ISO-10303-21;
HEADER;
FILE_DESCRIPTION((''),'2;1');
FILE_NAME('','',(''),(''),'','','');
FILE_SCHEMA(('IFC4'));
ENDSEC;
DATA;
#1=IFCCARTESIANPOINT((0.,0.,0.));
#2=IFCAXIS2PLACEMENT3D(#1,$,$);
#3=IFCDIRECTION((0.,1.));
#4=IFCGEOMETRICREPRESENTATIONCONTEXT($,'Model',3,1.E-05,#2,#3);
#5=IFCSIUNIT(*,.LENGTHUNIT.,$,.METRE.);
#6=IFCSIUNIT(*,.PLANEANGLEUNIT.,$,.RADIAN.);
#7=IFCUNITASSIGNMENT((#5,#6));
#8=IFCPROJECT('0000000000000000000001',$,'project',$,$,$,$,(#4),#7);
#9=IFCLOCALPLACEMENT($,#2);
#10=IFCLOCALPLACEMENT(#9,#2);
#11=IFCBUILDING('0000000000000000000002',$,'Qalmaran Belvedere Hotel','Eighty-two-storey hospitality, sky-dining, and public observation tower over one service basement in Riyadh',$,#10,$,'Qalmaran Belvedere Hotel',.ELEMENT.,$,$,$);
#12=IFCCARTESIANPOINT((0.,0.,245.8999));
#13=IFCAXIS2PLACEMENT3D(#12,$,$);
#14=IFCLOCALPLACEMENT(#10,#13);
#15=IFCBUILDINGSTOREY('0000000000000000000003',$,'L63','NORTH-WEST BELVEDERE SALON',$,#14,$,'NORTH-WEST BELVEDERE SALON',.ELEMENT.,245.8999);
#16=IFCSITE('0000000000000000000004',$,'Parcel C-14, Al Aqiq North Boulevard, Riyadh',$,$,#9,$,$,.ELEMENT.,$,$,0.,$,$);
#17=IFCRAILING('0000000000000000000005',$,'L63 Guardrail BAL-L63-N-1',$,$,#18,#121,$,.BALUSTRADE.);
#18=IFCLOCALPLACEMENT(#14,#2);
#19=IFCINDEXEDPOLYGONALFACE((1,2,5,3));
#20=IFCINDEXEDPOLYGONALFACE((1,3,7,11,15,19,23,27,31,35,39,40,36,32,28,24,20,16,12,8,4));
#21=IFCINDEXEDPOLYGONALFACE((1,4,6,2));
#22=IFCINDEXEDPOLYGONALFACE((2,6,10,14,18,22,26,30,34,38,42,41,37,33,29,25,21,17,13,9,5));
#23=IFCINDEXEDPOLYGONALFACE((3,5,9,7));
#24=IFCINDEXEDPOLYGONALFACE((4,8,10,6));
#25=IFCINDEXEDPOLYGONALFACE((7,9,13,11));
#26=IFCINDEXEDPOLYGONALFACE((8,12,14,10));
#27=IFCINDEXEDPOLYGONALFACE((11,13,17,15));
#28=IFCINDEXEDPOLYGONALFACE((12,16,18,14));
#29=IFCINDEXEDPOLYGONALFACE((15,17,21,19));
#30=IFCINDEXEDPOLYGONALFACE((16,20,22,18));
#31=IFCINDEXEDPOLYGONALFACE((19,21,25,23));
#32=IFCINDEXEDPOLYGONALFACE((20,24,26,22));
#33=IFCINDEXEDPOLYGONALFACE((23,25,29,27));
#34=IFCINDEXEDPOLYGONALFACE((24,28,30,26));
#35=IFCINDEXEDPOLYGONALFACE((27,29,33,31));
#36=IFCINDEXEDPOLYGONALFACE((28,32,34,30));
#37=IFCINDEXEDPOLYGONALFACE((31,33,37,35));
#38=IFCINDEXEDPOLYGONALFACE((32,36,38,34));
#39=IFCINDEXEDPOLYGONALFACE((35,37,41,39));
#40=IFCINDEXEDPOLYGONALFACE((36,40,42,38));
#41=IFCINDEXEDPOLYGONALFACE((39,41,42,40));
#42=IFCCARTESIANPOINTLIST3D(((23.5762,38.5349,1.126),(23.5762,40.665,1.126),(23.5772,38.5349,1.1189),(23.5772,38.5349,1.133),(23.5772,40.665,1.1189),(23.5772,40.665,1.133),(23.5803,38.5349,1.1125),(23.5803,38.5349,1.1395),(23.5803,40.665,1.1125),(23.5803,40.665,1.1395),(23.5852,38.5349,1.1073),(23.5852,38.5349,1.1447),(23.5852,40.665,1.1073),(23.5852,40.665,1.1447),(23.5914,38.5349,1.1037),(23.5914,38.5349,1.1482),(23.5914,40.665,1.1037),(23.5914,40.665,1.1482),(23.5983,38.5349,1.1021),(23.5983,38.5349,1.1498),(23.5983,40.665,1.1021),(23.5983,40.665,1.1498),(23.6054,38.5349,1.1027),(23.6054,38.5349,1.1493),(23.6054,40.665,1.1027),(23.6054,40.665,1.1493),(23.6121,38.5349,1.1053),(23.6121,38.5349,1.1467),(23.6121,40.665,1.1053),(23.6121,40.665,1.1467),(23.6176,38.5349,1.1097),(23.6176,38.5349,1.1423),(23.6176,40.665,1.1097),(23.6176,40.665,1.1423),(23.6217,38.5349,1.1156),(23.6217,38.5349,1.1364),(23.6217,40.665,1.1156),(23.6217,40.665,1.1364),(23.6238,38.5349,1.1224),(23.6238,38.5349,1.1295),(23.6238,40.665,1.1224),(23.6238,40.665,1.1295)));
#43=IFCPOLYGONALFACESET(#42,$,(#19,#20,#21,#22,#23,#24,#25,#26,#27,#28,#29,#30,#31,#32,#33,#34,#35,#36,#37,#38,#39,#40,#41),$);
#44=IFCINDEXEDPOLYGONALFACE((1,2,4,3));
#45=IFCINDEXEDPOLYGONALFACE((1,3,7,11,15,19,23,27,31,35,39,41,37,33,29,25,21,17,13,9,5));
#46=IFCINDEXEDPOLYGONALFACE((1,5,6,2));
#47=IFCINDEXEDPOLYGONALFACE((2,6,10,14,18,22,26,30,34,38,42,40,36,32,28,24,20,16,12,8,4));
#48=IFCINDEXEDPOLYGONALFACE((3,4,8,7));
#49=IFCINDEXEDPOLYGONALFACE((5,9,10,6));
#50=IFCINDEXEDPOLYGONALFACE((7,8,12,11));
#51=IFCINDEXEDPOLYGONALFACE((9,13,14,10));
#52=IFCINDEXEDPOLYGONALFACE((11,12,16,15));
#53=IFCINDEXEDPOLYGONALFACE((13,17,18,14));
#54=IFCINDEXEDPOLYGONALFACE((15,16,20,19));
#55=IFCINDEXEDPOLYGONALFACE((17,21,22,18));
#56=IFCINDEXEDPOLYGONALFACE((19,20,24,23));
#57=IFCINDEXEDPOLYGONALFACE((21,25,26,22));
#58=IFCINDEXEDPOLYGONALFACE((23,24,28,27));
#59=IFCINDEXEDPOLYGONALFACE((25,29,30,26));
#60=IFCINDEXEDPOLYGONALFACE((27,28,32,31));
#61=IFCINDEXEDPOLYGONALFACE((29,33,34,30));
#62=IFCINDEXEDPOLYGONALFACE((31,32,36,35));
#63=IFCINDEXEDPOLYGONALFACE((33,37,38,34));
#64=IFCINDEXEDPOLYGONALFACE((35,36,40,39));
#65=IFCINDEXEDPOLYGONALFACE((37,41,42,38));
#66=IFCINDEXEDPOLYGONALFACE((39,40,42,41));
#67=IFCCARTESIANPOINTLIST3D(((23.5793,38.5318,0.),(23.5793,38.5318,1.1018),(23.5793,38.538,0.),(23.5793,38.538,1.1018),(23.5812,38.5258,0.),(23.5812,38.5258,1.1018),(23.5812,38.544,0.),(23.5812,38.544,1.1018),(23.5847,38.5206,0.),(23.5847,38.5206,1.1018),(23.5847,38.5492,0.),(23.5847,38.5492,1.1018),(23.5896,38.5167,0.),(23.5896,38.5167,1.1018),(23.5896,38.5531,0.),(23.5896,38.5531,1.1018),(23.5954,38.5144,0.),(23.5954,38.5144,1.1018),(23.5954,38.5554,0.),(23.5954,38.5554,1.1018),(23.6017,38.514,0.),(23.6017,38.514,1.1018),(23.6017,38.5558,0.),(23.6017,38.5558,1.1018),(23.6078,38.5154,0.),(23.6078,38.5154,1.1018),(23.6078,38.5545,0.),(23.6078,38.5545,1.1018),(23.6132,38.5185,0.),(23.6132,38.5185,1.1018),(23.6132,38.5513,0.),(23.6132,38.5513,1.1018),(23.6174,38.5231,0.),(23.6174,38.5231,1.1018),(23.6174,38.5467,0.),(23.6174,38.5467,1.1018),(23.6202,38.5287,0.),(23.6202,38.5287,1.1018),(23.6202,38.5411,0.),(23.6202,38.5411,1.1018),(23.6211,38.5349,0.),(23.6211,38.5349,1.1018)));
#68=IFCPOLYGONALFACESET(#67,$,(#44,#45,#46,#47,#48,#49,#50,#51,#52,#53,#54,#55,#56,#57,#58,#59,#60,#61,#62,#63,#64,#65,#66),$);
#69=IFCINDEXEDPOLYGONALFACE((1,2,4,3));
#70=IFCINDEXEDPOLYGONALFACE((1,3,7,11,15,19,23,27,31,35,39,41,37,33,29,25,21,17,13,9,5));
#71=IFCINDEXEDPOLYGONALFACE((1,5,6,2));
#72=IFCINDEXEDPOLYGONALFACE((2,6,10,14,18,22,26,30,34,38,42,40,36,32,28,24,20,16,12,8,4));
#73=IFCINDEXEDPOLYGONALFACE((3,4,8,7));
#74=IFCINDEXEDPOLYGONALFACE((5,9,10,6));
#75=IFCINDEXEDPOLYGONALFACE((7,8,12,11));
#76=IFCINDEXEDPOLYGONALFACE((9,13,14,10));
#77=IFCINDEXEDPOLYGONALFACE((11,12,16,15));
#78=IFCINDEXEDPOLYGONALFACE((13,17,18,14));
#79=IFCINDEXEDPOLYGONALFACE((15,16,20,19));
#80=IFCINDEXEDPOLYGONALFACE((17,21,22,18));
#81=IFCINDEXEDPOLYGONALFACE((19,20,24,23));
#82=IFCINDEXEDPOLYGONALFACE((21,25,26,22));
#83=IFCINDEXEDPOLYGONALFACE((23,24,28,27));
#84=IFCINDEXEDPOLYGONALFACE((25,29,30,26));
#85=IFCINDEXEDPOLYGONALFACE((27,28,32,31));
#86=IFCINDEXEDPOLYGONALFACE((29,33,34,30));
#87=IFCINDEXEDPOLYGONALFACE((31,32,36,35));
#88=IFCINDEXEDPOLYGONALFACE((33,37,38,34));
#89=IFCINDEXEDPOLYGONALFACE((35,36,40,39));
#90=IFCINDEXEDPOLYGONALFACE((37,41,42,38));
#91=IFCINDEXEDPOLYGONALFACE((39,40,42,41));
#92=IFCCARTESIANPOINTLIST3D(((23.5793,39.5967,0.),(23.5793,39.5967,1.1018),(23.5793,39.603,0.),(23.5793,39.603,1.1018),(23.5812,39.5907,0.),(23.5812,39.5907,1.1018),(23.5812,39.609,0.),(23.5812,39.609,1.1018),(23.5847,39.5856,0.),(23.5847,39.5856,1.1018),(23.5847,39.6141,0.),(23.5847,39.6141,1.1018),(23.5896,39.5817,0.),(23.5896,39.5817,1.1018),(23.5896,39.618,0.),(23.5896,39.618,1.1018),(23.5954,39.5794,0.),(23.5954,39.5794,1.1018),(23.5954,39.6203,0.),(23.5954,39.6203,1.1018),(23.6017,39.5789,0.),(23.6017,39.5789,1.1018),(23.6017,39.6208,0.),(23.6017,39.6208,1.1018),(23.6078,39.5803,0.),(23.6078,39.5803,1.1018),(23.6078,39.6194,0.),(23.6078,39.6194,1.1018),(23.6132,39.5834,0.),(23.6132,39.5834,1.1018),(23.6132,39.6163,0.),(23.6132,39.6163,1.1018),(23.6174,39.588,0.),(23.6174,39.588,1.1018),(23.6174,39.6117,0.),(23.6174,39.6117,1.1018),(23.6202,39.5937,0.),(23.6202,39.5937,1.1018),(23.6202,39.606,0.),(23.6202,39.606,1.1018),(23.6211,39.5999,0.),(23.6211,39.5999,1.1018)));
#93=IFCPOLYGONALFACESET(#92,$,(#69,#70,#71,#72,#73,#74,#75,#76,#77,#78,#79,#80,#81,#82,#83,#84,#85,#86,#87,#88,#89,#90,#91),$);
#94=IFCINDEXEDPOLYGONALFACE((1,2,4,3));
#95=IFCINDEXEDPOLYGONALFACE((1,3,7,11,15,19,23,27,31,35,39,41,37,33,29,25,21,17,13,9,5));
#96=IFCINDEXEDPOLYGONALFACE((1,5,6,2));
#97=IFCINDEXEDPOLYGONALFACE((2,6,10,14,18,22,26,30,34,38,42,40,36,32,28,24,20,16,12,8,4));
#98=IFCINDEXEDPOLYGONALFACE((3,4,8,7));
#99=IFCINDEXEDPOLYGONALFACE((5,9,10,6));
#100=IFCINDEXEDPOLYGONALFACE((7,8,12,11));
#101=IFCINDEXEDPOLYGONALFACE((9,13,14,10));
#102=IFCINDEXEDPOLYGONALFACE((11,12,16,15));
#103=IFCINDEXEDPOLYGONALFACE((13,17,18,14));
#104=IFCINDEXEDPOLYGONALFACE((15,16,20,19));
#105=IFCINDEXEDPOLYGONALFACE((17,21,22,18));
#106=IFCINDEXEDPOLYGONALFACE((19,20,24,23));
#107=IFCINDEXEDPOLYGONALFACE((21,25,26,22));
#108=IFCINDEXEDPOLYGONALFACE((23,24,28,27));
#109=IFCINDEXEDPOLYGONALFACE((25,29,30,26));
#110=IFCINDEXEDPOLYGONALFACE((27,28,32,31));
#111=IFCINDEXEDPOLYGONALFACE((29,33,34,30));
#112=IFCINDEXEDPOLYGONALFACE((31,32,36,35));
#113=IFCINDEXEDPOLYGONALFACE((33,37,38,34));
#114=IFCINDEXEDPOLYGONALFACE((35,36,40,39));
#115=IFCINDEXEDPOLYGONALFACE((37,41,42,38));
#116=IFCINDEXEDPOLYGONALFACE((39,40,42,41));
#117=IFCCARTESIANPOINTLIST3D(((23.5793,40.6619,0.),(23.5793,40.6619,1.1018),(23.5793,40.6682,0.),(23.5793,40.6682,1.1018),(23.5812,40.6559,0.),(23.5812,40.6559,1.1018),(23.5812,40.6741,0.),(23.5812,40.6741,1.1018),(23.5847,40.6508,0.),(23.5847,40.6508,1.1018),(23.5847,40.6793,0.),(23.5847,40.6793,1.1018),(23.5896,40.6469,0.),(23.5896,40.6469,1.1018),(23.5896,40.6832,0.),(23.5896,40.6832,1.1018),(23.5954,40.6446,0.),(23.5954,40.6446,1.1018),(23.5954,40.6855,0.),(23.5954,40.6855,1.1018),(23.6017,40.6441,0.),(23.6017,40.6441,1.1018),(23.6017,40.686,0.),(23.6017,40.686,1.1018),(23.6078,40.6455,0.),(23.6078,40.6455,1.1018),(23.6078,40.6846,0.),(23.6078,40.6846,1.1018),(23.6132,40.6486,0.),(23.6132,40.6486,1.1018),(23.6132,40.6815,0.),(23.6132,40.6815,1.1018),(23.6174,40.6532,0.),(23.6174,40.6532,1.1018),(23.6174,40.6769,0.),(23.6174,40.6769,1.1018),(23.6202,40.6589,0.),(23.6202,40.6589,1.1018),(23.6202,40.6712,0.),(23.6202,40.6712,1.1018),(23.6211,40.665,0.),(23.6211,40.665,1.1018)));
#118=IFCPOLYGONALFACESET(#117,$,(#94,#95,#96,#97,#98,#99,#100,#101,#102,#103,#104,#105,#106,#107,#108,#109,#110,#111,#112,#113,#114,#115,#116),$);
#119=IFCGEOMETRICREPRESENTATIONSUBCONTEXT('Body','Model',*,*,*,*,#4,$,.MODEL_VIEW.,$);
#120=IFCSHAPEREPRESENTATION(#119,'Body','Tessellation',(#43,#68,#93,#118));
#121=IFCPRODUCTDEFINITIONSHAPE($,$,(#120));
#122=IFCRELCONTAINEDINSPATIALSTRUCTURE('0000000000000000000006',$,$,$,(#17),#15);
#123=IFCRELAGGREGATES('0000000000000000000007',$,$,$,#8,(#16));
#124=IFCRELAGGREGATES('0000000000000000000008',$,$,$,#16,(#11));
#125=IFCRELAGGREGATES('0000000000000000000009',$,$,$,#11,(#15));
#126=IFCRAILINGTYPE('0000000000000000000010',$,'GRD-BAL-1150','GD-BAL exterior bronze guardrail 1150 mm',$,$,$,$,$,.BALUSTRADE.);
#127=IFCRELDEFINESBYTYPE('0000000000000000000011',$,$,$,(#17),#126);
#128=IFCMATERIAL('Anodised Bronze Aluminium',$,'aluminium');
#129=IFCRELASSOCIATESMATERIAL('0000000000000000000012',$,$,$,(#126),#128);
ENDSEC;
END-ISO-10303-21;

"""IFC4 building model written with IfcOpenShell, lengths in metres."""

from ifc_helpers import new_model, si_unit, direction, frame, origin, origin_2d, place, context, subcontext, project, spatial, circle, extrude, material, type_object, element, save


model = new_model("IFC4")

# Units and contexts
model_context = context("Model", 3, precision=1e-05, world=origin(), true_north=direction((0.0, 1.0)))
body_context = subcontext(model_context, "Body", "Model", "MODEL_VIEW")
ifc_project = project(units=[si_unit("LENGTHUNIT", "METRE"), si_unit("PLANEANGLEUNIT", "RADIAN")], contexts=[model_context])

# Site, building, storey
site_placement = place(None, origin())
site = spatial("IfcSite", under=ifc_project, at=site_placement, Name="Parcel C-14, Al Aqiq North Boulevard, Riyadh", CompositionType="ELEMENT", RefElevation=0.0)
building_placement = place(site_placement, origin())
building = spatial("IfcBuilding", under=site, at=building_placement, Name="Qalmaran Belvedere Hotel", Description="Eighty-two-storey hospitality, sky-dining, and public observation tower over one service basement in Riyadh", LongName="Qalmaran Belvedere Hotel", CompositionType="ELEMENT")
storey_placement = place(building_placement, frame((0.0, 0.0, 245.8999)))
storey = spatial("IfcBuildingStorey", under=building, at=storey_placement, Name="L63", Description="NORTH-WEST BELVEDERE SALON", LongName="NORTH-WEST BELVEDERE SALON", CompositionType="ELEMENT", Elevation=245.8999)

# Shared definitions
ifc_material_1 = material(Name="Anodised Bronze Aluminium", Category="aluminium")

# Railing
railing_type = type_object("IfcRailingType", Name="GRD-BAL-1150", Description="GD-BAL exterior bronze guardrail 1150 mm", PredefinedType="BALUSTRADE", material=ifc_material_1)
railing_1_placement = place(storey_placement, frame((23.6001, 38.5349, 0.0)))
element("IfcRailing", 1, at=railing_1_placement, inside=storey, type_object=railing_type, Name="L63 Guardrail BAL-L63-N-1", PredefinedType="BALUSTRADE", context=body_context, shape_type="SweptSolid", body=[
    extrude(circle(Radius=0.0239, at=origin_2d()), frame((0.0, 0.0, 1.126), z_axis=(0.0, 1.0, 0.0), x_axis=(-1.0, 0.0, 0.0)), (0.0, 0.0, 1.0), 2.1301),
    extrude(circle(Radius=0.021, at=origin_2d()), origin(), (0.0, 0.0, 1.0), 1.1018),
    extrude(circle(Radius=0.021, at=origin_2d()), frame((0.0, 1.0649, 0.0)), (0.0, 0.0, 1.0), 1.1018),
    extrude(circle(Radius=0.021, at=origin_2d()), frame((0.0, 2.1301, 0.0)), (0.0, 0.0, 1.0), 1.1018),
])

save(model, "model.ifc")
